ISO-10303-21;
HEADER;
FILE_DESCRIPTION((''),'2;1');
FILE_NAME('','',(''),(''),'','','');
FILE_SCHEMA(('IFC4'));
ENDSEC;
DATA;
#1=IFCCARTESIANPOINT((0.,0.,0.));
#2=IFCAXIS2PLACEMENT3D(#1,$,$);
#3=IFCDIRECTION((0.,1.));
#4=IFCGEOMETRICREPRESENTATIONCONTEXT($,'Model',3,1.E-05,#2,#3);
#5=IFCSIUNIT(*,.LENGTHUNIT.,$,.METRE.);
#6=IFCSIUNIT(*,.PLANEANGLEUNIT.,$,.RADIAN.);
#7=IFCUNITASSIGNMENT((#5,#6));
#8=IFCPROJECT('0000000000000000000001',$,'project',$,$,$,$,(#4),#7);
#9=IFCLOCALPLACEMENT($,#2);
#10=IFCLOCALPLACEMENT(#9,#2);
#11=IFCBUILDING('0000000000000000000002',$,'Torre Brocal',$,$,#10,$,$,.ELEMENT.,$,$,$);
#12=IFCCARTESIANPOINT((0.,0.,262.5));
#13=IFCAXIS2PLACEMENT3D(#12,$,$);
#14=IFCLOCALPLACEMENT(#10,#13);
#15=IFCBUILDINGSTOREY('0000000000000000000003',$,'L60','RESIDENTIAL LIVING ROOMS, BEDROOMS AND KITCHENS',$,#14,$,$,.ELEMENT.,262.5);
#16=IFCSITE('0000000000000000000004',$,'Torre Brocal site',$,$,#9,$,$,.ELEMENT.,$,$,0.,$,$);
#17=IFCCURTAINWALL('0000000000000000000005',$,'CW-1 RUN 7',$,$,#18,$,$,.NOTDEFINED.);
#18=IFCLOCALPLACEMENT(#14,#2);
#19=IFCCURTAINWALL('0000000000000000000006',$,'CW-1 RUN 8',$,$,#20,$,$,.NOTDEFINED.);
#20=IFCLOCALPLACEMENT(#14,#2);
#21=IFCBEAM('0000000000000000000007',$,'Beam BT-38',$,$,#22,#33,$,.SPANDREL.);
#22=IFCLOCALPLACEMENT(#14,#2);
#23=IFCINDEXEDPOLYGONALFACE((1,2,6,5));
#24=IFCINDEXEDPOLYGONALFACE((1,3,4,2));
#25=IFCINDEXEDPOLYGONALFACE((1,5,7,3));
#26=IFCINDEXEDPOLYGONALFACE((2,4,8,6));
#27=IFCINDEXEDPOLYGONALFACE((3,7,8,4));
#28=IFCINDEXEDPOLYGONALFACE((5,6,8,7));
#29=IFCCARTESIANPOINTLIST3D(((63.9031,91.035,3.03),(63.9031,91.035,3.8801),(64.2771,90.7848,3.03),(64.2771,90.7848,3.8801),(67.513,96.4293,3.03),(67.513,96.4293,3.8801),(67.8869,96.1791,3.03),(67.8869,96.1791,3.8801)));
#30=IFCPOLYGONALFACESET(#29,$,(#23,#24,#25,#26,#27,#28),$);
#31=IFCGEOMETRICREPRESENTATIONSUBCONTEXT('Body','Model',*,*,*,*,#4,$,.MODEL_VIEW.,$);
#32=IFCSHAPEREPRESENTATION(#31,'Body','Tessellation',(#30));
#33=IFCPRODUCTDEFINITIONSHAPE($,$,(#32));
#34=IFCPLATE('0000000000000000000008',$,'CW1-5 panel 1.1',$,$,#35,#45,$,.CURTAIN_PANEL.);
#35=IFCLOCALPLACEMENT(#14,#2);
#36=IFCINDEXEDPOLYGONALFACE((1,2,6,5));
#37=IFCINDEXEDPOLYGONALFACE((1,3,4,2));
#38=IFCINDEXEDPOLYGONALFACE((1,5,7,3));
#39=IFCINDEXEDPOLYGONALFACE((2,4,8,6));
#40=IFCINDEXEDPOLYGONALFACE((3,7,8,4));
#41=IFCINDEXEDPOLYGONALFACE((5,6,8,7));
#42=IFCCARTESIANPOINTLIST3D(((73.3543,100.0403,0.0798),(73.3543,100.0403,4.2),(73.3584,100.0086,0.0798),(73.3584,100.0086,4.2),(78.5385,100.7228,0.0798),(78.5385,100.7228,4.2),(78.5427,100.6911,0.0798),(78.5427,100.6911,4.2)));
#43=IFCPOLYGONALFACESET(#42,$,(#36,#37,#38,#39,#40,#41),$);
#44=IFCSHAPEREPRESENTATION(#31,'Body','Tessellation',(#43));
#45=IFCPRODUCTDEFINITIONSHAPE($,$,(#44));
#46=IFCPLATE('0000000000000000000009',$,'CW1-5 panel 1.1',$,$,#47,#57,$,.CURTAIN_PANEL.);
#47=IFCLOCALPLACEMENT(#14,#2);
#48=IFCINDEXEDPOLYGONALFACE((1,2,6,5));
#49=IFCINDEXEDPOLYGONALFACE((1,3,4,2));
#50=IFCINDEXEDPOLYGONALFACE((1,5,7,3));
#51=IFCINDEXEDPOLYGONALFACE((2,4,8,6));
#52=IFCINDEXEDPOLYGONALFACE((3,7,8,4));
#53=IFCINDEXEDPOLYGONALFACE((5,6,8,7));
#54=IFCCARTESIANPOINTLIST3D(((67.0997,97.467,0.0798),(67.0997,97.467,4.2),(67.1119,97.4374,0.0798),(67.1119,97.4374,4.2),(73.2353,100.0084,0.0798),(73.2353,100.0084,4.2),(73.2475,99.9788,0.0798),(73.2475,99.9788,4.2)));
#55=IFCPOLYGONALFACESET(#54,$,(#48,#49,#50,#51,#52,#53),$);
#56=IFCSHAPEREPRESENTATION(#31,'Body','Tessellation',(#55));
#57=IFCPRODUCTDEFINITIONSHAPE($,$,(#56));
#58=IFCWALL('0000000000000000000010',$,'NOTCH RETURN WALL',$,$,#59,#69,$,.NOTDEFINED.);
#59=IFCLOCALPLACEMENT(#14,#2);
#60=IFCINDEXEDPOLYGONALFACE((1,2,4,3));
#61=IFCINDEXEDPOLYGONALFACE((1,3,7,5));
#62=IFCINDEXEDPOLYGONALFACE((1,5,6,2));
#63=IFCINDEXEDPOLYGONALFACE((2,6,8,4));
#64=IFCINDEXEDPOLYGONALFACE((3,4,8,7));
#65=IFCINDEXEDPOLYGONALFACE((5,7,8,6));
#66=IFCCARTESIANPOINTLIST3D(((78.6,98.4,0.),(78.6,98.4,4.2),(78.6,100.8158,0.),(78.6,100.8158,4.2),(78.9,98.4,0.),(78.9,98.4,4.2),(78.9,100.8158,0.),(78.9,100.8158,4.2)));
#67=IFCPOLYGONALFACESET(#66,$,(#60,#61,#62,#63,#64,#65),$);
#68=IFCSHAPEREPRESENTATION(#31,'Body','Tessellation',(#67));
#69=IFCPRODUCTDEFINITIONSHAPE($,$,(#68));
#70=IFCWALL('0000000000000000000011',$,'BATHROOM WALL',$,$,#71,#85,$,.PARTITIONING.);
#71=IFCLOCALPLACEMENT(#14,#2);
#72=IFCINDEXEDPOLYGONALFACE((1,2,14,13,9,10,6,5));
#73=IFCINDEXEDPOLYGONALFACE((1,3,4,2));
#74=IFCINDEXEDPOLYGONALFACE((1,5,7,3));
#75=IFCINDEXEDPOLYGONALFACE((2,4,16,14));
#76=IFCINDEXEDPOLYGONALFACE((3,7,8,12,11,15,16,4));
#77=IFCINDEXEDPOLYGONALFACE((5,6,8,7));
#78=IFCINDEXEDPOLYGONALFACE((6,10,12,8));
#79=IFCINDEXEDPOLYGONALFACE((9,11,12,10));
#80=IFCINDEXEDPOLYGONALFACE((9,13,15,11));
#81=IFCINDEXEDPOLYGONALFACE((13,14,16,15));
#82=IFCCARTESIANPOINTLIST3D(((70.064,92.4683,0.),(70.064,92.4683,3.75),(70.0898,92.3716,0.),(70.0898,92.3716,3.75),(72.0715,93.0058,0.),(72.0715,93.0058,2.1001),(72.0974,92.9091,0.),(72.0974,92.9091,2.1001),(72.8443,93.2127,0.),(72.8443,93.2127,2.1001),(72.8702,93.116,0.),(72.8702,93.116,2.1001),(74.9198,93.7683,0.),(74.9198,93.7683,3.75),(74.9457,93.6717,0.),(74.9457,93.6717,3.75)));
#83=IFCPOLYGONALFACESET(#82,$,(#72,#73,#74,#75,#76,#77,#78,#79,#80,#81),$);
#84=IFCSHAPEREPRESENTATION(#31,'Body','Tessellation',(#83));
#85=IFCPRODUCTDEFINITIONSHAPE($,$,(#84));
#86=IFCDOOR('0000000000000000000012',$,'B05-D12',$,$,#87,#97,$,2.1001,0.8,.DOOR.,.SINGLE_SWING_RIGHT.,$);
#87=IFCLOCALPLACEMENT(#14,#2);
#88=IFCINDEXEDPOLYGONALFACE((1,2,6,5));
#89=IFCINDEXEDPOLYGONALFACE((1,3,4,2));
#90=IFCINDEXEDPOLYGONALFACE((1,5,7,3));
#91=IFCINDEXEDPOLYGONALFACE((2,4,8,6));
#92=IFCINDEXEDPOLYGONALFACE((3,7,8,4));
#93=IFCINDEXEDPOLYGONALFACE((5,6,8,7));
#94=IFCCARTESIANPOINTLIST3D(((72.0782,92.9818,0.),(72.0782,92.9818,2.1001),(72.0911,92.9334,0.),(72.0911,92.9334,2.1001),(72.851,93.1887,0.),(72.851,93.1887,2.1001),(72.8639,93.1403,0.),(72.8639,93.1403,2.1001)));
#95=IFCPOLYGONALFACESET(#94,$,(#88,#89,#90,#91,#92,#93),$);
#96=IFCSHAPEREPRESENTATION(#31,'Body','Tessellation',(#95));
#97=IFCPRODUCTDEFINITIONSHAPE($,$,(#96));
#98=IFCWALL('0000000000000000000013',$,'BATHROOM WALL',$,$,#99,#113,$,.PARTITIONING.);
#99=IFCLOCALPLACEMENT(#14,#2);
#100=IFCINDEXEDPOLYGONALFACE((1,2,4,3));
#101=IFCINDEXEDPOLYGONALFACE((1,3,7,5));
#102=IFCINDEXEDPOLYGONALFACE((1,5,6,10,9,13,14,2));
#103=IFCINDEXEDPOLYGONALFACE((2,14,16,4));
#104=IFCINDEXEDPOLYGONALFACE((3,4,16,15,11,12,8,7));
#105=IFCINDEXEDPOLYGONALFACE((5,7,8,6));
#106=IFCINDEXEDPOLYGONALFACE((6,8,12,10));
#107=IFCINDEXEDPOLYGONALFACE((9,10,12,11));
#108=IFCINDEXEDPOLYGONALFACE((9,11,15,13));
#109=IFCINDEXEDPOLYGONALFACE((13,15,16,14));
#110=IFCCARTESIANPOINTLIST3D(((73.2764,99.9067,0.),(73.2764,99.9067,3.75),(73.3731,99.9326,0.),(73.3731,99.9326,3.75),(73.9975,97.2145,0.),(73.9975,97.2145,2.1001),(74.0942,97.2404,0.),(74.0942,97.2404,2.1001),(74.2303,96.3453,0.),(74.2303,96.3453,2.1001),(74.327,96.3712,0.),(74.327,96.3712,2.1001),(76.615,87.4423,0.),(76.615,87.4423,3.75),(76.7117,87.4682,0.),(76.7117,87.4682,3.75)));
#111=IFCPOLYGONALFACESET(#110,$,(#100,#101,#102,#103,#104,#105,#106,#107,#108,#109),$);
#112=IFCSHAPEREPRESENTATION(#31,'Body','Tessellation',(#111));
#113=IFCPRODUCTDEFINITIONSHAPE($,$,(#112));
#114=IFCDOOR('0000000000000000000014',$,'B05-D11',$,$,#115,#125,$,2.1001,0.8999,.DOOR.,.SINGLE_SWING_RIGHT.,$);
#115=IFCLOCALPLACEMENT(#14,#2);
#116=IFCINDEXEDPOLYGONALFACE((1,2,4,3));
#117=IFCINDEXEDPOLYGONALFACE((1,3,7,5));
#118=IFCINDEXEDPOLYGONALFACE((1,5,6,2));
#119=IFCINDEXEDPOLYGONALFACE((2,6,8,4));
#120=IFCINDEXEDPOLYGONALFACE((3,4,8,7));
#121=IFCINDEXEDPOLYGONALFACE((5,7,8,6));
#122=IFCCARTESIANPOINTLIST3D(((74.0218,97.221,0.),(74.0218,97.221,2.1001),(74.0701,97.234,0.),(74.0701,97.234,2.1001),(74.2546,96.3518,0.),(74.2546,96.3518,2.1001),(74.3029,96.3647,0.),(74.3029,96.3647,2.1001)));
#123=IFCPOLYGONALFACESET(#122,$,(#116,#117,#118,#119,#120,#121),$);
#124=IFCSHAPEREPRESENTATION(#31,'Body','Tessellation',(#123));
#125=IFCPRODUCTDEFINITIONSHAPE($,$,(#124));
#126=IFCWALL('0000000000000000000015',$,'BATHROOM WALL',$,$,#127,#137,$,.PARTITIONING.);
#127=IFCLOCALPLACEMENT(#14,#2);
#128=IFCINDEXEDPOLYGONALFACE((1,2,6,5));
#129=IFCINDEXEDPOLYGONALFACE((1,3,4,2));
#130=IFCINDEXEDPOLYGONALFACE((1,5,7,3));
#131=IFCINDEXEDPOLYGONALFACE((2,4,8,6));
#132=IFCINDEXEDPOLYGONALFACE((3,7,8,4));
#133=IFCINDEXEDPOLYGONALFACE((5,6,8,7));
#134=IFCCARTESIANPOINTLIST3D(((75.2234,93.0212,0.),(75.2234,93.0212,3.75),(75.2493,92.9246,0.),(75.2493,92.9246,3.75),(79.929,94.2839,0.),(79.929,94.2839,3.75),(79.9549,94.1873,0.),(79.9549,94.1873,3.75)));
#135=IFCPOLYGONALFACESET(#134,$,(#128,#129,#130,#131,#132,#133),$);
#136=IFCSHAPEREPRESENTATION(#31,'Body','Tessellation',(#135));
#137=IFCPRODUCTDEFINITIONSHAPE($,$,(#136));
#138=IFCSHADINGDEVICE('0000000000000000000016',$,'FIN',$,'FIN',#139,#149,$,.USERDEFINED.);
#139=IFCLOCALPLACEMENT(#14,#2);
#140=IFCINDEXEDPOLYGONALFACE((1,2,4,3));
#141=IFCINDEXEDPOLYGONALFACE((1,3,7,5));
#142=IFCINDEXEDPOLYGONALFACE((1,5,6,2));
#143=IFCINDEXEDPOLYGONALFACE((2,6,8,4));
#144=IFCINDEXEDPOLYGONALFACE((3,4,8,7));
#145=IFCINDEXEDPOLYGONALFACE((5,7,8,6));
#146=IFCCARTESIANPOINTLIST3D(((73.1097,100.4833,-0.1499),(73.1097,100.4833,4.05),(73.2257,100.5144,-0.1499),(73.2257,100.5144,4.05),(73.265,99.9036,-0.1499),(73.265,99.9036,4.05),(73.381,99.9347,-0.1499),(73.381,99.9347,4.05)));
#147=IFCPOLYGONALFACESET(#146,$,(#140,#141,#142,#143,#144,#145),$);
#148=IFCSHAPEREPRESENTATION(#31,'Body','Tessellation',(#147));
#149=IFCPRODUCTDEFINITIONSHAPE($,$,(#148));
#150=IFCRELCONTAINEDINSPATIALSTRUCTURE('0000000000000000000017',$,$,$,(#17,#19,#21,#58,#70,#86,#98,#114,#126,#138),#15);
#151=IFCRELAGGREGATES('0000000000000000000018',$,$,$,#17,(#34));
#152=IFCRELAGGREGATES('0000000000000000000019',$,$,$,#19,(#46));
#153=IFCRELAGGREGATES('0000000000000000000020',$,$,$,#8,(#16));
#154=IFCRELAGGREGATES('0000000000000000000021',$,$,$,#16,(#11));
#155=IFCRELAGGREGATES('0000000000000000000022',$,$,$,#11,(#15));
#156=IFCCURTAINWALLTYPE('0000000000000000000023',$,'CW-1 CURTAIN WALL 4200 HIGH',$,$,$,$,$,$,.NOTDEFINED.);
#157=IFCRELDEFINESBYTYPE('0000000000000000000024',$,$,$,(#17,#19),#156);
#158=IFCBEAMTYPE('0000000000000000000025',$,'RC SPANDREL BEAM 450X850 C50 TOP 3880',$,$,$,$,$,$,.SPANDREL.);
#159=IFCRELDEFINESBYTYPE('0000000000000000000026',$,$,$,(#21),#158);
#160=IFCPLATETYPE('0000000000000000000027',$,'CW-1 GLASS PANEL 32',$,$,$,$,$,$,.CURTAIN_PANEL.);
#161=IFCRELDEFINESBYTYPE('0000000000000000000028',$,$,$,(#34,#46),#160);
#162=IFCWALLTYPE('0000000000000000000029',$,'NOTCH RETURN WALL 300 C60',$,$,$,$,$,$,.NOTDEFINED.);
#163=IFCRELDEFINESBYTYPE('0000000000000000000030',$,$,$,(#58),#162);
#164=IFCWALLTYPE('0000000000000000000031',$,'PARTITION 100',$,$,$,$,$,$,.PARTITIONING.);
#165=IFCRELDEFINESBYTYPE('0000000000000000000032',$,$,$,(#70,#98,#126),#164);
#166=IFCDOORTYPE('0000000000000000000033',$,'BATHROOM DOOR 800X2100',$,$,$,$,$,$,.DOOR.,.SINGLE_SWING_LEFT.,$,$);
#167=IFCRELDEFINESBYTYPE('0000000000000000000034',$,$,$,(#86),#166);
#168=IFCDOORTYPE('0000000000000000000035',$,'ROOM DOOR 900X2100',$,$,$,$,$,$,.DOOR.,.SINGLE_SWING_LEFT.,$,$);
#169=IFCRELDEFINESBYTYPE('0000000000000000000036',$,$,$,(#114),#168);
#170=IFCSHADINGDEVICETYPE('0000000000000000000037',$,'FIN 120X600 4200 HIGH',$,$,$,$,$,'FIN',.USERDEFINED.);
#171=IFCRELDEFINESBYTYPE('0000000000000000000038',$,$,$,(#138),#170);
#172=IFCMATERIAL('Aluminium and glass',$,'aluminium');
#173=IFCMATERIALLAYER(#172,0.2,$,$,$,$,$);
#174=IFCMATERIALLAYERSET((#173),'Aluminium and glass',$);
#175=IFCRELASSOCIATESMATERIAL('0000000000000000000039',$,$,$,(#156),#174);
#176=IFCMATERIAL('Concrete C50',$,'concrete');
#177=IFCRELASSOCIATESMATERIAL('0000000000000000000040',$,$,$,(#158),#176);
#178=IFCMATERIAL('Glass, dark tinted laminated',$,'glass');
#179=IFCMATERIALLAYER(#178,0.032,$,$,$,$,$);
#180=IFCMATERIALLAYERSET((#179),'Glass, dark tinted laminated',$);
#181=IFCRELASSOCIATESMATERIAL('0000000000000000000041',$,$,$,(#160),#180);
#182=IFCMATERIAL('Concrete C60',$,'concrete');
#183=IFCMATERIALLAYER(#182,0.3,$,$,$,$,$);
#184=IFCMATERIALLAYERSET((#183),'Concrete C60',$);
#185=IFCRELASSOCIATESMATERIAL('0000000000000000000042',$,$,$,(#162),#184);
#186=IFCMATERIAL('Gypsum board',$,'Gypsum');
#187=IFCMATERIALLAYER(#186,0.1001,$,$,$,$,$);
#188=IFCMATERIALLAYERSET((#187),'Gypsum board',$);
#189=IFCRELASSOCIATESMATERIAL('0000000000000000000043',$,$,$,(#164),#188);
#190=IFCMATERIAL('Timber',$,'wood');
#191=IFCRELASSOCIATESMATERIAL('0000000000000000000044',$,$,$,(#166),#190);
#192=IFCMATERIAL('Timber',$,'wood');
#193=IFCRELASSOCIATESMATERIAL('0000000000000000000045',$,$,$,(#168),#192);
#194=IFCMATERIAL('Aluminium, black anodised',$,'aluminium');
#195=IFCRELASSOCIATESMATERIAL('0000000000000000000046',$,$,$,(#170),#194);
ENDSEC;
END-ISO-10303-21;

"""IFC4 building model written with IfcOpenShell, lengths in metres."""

from ifc_helpers import new_model, si_unit, direction, frame, frame_2d, origin, origin_2d, place, context, subcontext, project, spatial, rectangle, extrude, material, layer, layer_set, material_profile, profile_set, type_object, element, fill, aggregate, save


model = new_model("IFC4")

# Units and contexts
model_context = context("Model", 3, precision=1e-05, world=origin(), true_north=direction((0.0, 1.0)))
body_context = subcontext(model_context, "Body", "Model", "MODEL_VIEW")
ifc_project = project(units=[si_unit("LENGTHUNIT", "METRE"), si_unit("PLANEANGLEUNIT", "RADIAN")], contexts=[model_context])

# Site, building, storey
site_placement = place(None, origin())
site = spatial("IfcSite", under=ifc_project, at=site_placement, Name="Torre Brocal site", CompositionType="ELEMENT", RefElevation=0.0)
building_placement = place(site_placement, origin())
building = spatial("IfcBuilding", under=site, at=building_placement, Name="Torre Brocal", CompositionType="ELEMENT")
storey_placement = place(building_placement, frame((0.0, 0.0, 262.5)))
storey = spatial("IfcBuildingStorey", under=building, at=storey_placement, Name="L60", Description="RESIDENTIAL LIVING ROOMS, BEDROOMS AND KITCHENS", CompositionType="ELEMENT", Elevation=262.5)

# Curtain wall
ifc_material_1 = material(Name="Aluminium and glass", Category="aluminium")
ifc_layer_1 = layer(ifc_material_1, 0.2)
ifc_layer_set_1 = layer_set([ifc_layer_1], Name="Aluminium and glass")
curtain_wall_type = type_object("IfcCurtainWallType", Name="CW-1 CURTAIN WALL 4200 HIGH", PredefinedType="NOTDEFINED", material=ifc_layer_set_1)
curtain_wall_1_placement = place(storey_placement, origin())
curtain_wall_1 = element("IfcCurtainWall", 1, at=curtain_wall_1_placement, inside=storey, type_object=curtain_wall_type, Name="CW-1 RUN 7", PredefinedType="NOTDEFINED")

# Curtain wall
curtain_wall_2_placement = place(storey_placement, origin())
curtain_wall_2 = element("IfcCurtainWall", 2, at=curtain_wall_2_placement, inside=storey, type_object=curtain_wall_type, Name="CW-1 RUN 8", PredefinedType="NOTDEFINED")

# Beam
ifc_material_2 = material(Name="Concrete C50", Category="concrete")
ifc_material_profile_1 = material_profile(ifc_material_2, rectangle(XDim=0.45, YDim=0.8501, at=origin_2d()), Name="RC 450X850")
ifc_profile_set_1 = profile_set([ifc_material_profile_1], Name="Concrete C50")
beam_type_1 = type_object("IfcBeamType", Name="RC SPANDREL BEAM 450X850 C50 TOP 3880", PredefinedType="SPANDREL", material=ifc_profile_set_1)
beam_1_placement = place(storey_placement, frame((67.7, 96.3042, 3.4551), z_axis=(-0.556158, -0.831077, 0.0), x_axis=(0.831077, -0.556158, 0.0)))
element("IfcBeam", 3, at=beam_1_placement, inside=storey, type_object=beam_type_1, Name="Beam BT-38", PredefinedType="SPANDREL", context=body_context, shape_type="SweptSolid", body=[
    extrude(rectangle(XDim=0.45, YDim=0.8501, at=origin_2d()), origin(), (0.0, 0.0, 1.0), 6.4907),
])

# Plates
ifc_material_3 = material(Name="Glass, dark tinted laminated", Category="glass")
ifc_layer_2 = layer(ifc_material_3, 0.032)
ifc_layer_set_2 = layer_set([ifc_layer_2], Name="Glass, dark tinted laminated")
plate_type = type_object("IfcPlateType", Name="CW-1 GLASS PANEL 32", PredefinedType="CURTAIN_PANEL", material=ifc_layer_set_2)
plate_1_placement = place(storey_placement, frame((75.9485, 100.3657, 0.0798), z_axis=(0.0, 0.0, 1.0), x_axis=(-0.991445, -0.130526, 0.0)))
plate_1 = element("IfcPlate", 4, at=plate_1_placement, type_object=plate_type, Name="CW1-5 panel 1.1", PredefinedType="CURTAIN_PANEL", context=body_context, shape_type="SweptSolid", body=[
    extrude(rectangle(XDim=5.229, YDim=0.032, at=origin_2d()), origin(), (0.0, 0.0, 1.0), 4.1201),
])
aggregate(curtain_wall_1, [plate_1])
plate_2_placement = place(storey_placement, frame((70.1736, 98.7229, 0.0798), z_axis=(0.0, 0.0, 1.0), x_axis=(-0.92388, -0.382683, 0.0)))
plate_2 = element("IfcPlate", 5, at=plate_2_placement, type_object=plate_type, Name="CW1-5 panel 1.1", PredefinedType="CURTAIN_PANEL", context=body_context, shape_type="SweptSolid", body=[
    extrude(rectangle(XDim=6.6411, YDim=0.032, at=origin_2d()), origin(), (0.0, 0.0, 1.0), 4.1201),
])
aggregate(curtain_wall_2, [plate_2])

# Wall
ifc_material_4 = material(Name="Concrete C60", Category="concrete")
ifc_layer_3 = layer(ifc_material_4, 0.3)
ifc_layer_set_3 = layer_set([ifc_layer_3], Name="Concrete C60")
wall_type_1 = type_object("IfcWallType", Name="NOTCH RETURN WALL 300 C60", PredefinedType="NOTDEFINED", material=ifc_layer_set_3)
wall_1_placement = place(storey_placement, frame((78.75, 98.3999, 0.0), z_axis=(0.0, 0.0, 1.0), x_axis=(0.0, 1.0, 0.0)))
element("IfcWall", 6, at=wall_1_placement, inside=storey, type_object=wall_type_1, Name="NOTCH RETURN WALL", PredefinedType="NOTDEFINED", context=body_context, shape_type="SweptSolid", body=[
    extrude(rectangle(XDim=2.4158, YDim=0.3, at=frame_2d((1.208, 0.0))), origin(), (0.0, 0.0, 1.0), 4.2),
])

# Walls, openings, doors
ifc_material_5 = material(Name="Gypsum board", Category="Gypsum")
ifc_layer_4 = layer(ifc_material_5, 0.1001)
ifc_layer_set_4 = layer_set([ifc_layer_4], Name="Gypsum board")
wall_type_2 = type_object("IfcWallType", Name="PARTITION 100", PredefinedType="PARTITIONING", material=ifc_layer_set_4)
wall_2_placement = place(storey_placement, frame((70.0769, 92.4199, 0.0), z_axis=(0.0, 0.0, 1.0), x_axis=(0.965977, 0.258627, 0.0)))
wall_2 = element("IfcWall", 7, at=wall_2_placement, inside=storey, type_object=wall_type_2, Name="BATHROOM WALL", PredefinedType="PARTITIONING", context=body_context, shape_type="SweptSolid", body=[
    extrude(rectangle(XDim=5.0269, YDim=0.1001, at=frame_2d((2.5134, 0.0))), origin(), (0.0, 0.0, 1.0), 3.75),
])
opening_1_placement = place(wall_2_placement, frame((2.0784, 0.0, 0.0)))
opening_1 = element("IfcOpeningElement", 8, at=opening_1_placement, cuts=wall_2, PredefinedType="OPENING", context=body_context, shape_type="SweptSolid", body=[
    extrude(rectangle(XDim=0.8, YDim=2.1001, at=frame_2d((0.3999, 1.05))), frame((0.0, 0.0601, 0.0), z_axis=(0.0, -1.0, 0.0), x_axis=(1.0, 0.0, 0.0)), (0.0, 0.0, 1.0), 0.1201),
])
ifc_material_6 = material(Name="Timber", Category="wood")
door_type_1 = type_object("IfcDoorType", Name="BATHROOM DOOR 800X2100", OperationType="SINGLE_SWING_LEFT", PredefinedType="DOOR", material=ifc_material_6)
door_1_placement = place(opening_1_placement, frame((0.8, 0.0, 0.0), z_axis=(0.0, 0.0, 1.0), x_axis=(-1.0, 0.0, 0.0)))
door_1 = element("IfcDoor", 9, at=door_1_placement, inside=storey, type_object=door_type_1, Name="B05-D12", OperationType="SINGLE_SWING_RIGHT", OverallHeight=2.1001, OverallWidth=0.8, PredefinedType="DOOR", context=body_context, shape_type="SweptSolid", body=[
    extrude(rectangle(XDim=0.8, YDim=2.1001, at=frame_2d((0.3999, 1.05))), frame((0.0, 0.0249, 0.0), z_axis=(0.0, -1.0, 0.0), x_axis=(1.0, 0.0, 0.0)), (0.0, 0.0, 1.0), 0.05),
])
fill(opening_1, door_1)
wall_3_placement = place(storey_placement, frame((73.3247, 99.9197, 0.0), z_axis=(0.0, 0.0, 1.0), x_axis=(0.258733, -0.965949, 0.0)))
wall_3 = element("IfcWall", 10, at=wall_3_placement, inside=storey, type_object=wall_type_2, Name="BATHROOM WALL", PredefinedType="PARTITIONING", context=body_context, shape_type="SweptSolid", body=[
    extrude(rectangle(XDim=12.9038, YDim=0.1001, at=frame_2d((6.4519, 0.0))), origin(), (0.0, 0.0, 1.0), 3.75),
])
opening_2_placement = place(wall_3_placement, frame((2.7871, 0.0, 0.0)))
opening_2 = element("IfcOpeningElement", 11, at=opening_2_placement, cuts=wall_3, PredefinedType="OPENING", context=body_context, shape_type="SweptSolid", body=[
    extrude(rectangle(XDim=0.8999, YDim=2.1001, at=frame_2d((0.45, 1.05))), frame((0.0, 0.0601, 0.0), z_axis=(0.0, -1.0, 0.0), x_axis=(1.0, 0.0, 0.0)), (0.0, 0.0, 1.0), 0.1201),
])
ifc_material_7 = material(Name="Timber", Category="wood")
door_type_2 = type_object("IfcDoorType", Name="ROOM DOOR 900X2100", OperationType="SINGLE_SWING_LEFT", PredefinedType="DOOR", material=ifc_material_7)
door_2_placement = place(opening_2_placement, frame((0.8999, 0.0, 0.0), z_axis=(0.0, 0.0, 1.0), x_axis=(-1.0, 0.0, 0.0)))
door_2 = element("IfcDoor", 12, at=door_2_placement, inside=storey, type_object=door_type_2, Name="B05-D11", OperationType="SINGLE_SWING_RIGHT", OverallHeight=2.1001, OverallWidth=0.8999, PredefinedType="DOOR", context=body_context, shape_type="SweptSolid", body=[
    extrude(rectangle(XDim=0.8999, YDim=2.1001, at=frame_2d((0.45, 1.05))), frame((0.0, 0.0249, 0.0), z_axis=(0.0, -1.0, 0.0), x_axis=(1.0, 0.0, 0.0)), (0.0, 0.0, 1.0), 0.05),
])
fill(opening_2, door_2)

# Wall
wall_4_placement = place(storey_placement, frame((75.2363, 92.9729, 0.0), z_axis=(0.0, 0.0, 1.0), x_axis=(0.965831, 0.259172, 0.0)))
element("IfcWall", 13, at=wall_4_placement, inside=storey, type_object=wall_type_2, Name="BATHROOM WALL", PredefinedType="PARTITIONING", context=body_context, shape_type="SweptSolid", body=[
    extrude(rectangle(XDim=4.8721, YDim=0.1001, at=frame_2d((2.436, 0.0))), origin(), (0.0, 0.0, 1.0), 3.75),
])

# Shading device
ifc_material_8 = material(Name="Aluminium, black anodised", Category="aluminium")
ifc_material_profile_2 = material_profile(ifc_material_8, rectangle(XDim=0.1201, YDim=0.6001, at=origin_2d()), Name="FIN 120X600 4200 HIGH")
ifc_profile_set_2 = profile_set([ifc_material_profile_2], Name="Aluminium, black anodised")
shading_device_type = type_object("IfcShadingDeviceType", Name="FIN 120X600 4200 HIGH", ElementType="FIN", PredefinedType="USERDEFINED", material=ifc_profile_set_2)
shading_device_placement = place(storey_placement, frame((73.2454, 100.209, -0.1499), z_axis=(0.0, 0.0, 1.0), x_axis=(-0.965926, -0.258819, 0.0)))
element("IfcShadingDevice", 14, at=shading_device_placement, inside=storey, type_object=shading_device_type, Name="FIN", ObjectType="FIN", PredefinedType="USERDEFINED", context=body_context, shape_type="SweptSolid", body=[
    extrude(rectangle(XDim=0.1201, YDim=0.6001, at=origin_2d()), origin(), (0.0, 0.0, 1.0), 4.2),
])

save(model, "model.ifc")
